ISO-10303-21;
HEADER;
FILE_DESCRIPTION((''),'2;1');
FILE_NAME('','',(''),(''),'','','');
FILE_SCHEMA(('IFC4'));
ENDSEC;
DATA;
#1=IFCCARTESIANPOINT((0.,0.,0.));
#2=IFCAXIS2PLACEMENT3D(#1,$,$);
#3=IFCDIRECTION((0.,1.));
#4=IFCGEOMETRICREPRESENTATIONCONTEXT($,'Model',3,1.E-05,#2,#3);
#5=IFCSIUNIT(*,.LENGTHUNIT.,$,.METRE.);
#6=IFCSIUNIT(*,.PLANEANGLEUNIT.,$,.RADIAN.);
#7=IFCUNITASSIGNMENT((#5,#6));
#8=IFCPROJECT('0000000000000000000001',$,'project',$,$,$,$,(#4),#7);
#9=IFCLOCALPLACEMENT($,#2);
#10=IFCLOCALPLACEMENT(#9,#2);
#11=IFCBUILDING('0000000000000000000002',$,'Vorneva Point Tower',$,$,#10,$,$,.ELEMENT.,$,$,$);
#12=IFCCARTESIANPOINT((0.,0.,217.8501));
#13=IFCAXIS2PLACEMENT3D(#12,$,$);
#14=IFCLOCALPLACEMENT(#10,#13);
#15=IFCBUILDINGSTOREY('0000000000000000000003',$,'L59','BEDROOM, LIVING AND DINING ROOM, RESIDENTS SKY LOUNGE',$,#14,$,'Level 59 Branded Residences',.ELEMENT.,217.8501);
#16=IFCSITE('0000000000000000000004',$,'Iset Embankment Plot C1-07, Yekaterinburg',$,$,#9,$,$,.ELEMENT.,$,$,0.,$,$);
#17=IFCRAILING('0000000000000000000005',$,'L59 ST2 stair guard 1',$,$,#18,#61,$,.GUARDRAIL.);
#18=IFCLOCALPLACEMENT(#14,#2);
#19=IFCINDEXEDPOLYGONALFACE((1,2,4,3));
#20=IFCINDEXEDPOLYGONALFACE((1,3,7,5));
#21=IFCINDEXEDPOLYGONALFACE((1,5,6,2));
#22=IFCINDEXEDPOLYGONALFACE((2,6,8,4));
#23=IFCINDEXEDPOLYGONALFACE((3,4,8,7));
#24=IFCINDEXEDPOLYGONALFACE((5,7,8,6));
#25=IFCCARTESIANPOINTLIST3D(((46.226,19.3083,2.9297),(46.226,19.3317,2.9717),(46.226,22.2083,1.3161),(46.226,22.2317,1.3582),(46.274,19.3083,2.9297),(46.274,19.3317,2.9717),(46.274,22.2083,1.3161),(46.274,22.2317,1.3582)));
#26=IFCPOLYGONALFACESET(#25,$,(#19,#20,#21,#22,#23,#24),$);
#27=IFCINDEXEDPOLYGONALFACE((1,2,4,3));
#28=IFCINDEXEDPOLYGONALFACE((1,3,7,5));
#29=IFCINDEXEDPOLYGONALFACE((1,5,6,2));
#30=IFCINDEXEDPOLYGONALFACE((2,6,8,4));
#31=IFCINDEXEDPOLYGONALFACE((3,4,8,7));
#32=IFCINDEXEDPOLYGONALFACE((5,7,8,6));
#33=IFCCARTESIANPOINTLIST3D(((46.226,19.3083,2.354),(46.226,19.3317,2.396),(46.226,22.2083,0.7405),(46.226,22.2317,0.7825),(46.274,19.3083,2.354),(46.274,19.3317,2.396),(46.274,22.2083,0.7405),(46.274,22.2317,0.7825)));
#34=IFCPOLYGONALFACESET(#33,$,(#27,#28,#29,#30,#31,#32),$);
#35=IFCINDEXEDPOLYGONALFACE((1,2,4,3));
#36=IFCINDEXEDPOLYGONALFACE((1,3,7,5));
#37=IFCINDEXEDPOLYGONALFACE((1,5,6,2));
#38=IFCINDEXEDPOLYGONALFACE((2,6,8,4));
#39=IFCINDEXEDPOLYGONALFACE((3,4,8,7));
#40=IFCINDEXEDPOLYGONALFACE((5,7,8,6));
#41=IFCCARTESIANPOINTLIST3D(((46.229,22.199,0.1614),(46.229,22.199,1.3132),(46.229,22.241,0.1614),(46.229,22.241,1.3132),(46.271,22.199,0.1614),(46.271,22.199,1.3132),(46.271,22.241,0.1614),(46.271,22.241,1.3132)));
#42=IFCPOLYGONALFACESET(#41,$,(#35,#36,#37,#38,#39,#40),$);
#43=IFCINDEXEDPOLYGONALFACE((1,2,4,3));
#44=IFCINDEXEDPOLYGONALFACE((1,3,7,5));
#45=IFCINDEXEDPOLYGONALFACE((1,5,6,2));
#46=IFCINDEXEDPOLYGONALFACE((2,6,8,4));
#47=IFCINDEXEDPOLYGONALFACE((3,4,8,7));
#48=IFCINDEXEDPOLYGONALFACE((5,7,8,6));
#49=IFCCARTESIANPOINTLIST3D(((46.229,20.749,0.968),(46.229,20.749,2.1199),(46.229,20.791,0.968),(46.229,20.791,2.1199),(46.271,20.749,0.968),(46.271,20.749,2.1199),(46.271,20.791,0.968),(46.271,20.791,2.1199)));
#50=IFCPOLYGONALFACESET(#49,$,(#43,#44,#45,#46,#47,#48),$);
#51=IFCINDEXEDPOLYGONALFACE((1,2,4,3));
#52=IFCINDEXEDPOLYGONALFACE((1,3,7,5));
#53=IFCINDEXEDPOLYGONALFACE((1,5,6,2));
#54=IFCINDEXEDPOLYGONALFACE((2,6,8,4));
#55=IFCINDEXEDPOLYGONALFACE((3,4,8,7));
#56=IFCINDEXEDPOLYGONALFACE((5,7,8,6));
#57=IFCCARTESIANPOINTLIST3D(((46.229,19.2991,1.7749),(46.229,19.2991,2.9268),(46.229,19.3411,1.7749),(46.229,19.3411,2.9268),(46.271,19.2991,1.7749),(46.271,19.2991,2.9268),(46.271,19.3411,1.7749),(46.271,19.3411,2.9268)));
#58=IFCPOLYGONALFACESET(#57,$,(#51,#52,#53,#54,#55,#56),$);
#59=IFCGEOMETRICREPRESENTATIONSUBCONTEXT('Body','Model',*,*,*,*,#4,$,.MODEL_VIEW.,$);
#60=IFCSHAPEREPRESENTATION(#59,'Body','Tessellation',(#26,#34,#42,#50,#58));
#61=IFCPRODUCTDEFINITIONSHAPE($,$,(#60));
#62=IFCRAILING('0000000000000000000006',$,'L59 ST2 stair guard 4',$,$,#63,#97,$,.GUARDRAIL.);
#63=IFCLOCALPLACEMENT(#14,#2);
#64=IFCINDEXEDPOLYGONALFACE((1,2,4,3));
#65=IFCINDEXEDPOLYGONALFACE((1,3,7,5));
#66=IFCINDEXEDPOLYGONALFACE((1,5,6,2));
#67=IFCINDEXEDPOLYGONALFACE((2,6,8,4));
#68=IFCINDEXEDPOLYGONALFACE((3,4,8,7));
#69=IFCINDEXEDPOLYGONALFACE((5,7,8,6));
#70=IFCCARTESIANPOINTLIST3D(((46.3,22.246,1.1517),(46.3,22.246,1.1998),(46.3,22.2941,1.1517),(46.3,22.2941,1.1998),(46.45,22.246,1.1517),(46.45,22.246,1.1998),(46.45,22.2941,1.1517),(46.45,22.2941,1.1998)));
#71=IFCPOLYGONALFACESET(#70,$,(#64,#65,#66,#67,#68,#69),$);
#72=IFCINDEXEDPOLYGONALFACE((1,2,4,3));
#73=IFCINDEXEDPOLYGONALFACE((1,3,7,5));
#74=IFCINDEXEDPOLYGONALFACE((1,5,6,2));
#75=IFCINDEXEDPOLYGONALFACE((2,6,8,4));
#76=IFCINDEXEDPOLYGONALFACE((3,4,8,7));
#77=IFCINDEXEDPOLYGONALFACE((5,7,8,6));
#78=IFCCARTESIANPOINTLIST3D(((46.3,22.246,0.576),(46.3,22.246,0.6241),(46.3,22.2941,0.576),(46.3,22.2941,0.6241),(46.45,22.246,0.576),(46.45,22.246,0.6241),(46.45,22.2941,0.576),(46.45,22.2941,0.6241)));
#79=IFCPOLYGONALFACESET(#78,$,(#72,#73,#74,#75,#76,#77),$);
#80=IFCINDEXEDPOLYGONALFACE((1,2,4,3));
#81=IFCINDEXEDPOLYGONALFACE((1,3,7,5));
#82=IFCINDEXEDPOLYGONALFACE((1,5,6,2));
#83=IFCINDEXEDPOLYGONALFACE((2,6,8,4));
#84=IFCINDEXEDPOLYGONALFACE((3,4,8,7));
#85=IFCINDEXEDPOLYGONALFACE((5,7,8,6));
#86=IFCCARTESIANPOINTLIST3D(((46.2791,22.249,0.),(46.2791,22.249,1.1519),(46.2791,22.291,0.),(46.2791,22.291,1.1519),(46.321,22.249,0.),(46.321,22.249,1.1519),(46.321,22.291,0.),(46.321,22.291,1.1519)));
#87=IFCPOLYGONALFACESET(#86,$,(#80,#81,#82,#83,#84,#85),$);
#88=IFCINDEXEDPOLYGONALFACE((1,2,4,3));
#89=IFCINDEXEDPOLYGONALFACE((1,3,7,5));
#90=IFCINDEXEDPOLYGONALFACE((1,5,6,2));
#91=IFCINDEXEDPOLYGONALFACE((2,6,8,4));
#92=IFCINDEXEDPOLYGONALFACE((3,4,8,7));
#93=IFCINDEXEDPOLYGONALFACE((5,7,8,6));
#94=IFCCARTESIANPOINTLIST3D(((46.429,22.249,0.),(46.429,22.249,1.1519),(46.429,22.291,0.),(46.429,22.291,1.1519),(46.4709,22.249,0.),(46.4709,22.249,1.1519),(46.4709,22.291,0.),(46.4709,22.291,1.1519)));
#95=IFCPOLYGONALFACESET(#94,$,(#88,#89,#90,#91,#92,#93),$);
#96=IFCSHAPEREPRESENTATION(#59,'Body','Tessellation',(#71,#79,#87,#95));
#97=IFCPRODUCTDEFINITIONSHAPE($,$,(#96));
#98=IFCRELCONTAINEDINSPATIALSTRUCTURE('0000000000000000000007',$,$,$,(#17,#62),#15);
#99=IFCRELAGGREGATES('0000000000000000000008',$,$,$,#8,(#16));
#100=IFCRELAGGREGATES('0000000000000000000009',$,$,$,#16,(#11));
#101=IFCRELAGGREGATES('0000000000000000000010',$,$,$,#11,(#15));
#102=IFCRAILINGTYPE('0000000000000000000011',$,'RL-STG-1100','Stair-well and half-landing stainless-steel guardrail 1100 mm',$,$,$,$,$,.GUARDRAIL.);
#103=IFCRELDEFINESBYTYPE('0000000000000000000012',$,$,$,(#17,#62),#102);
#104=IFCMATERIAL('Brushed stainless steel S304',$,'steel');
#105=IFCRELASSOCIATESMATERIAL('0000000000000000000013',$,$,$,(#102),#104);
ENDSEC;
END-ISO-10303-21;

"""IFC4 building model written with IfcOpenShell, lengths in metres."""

from ifc_helpers import new_model, si_unit, direction, frame, origin, origin_2d, place, context, subcontext, project, spatial, rectangle, extrude, material, type_object, element, save


model = new_model("IFC4")

# Units and contexts
model_context = context("Model", 3, precision=1e-05, world=origin(), true_north=direction((0.0, 1.0)))
body_context = subcontext(model_context, "Body", "Model", "MODEL_VIEW")
ifc_project = project(units=[si_unit("LENGTHUNIT", "METRE"), si_unit("PLANEANGLEUNIT", "RADIAN")], contexts=[model_context])

# Site, building, storey
site_placement = place(None, origin())
site = spatial("IfcSite", under=ifc_project, at=site_placement, Name="Iset Embankment Plot C1-07, Yekaterinburg", CompositionType="ELEMENT", RefElevation=0.0)
building_placement = place(site_placement, origin())
building = spatial("IfcBuilding", under=site, at=building_placement, Name="Vorneva Point Tower", CompositionType="ELEMENT")
storey_placement = place(building_placement, frame((0.0, 0.0, 217.8501)))
storey = spatial("IfcBuildingStorey", under=building, at=storey_placement, Name="L59", Description="BEDROOM, LIVING AND DINING ROOM, RESIDENTS SKY LOUNGE", LongName="Level 59 Branded Residences", CompositionType="ELEMENT", Elevation=217.8501)

# Shared definitions
ifc_material_1 = material(Name="Brushed stainless steel S304", Category="steel")

# Railings
railing_type_1 = type_object("IfcRailingType", Name="RL-STG-1100", Description="Stair-well and half-landing stainless-steel guardrail 1100 mm", PredefinedType="GUARDRAIL", material=ifc_material_1)
railing_1_placement = place(storey_placement, frame((46.25, 22.22, 0.1614)))
element("IfcRailing", 1, at=railing_1_placement, inside=storey, type_object=railing_type_1, Name="L59 ST2 stair guard 1", PredefinedType="GUARDRAIL", context=body_context, shape_type="SweptSolid", body=[
    extrude(rectangle(XDim=0.0481, YDim=0.0481, at=origin_2d()), frame((0.0, 0.0, 1.1758), z_axis=(0.0, -0.873841, 0.486211), x_axis=(1.0, 0.0, 0.0)), (0.0, 0.0, 1.0), 3.3186),
    extrude(rectangle(XDim=0.0481, YDim=0.0481, at=origin_2d()), frame((0.0, 0.0, 0.6001), z_axis=(0.0, -0.873841, 0.486211), x_axis=(1.0, 0.0, 0.0)), (0.0, 0.0, 1.0), 3.3186),
    extrude(rectangle(XDim=0.042, YDim=0.042, at=origin_2d()), origin(), (0.0, 0.0, 1.0), 1.1519),
    extrude(rectangle(XDim=0.042, YDim=0.042, at=origin_2d()), frame((0.0, -1.45, 0.8066)), (0.0, 0.0, 1.0), 1.1519),
    extrude(rectangle(XDim=0.042, YDim=0.042, at=origin_2d()), frame((0.0, -2.8999, 1.6135)), (0.0, 0.0, 1.0), 1.1519),
])
railing_2_placement = place(storey_placement, frame((46.3, 22.27, 0.0)))
element("IfcRailing", 2, at=railing_2_placement, inside=storey, type_object=railing_type_1, Name="L59 ST2 stair guard 4", PredefinedType="GUARDRAIL", context=body_context, shape_type="SweptSolid", body=[
    extrude(rectangle(XDim=0.0481, YDim=0.0481, at=origin_2d()), frame((0.0, 0.0, 1.1758), z_axis=(1.0, 0.0, 0.0), x_axis=(0.0, 1.0, 0.0)), (0.0, 0.0, 1.0), 0.1499),
    extrude(rectangle(XDim=0.0481, YDim=0.0481, at=origin_2d()), frame((0.0, 0.0, 0.6001), z_axis=(1.0, 0.0, 0.0), x_axis=(0.0, 1.0, 0.0)), (0.0, 0.0, 1.0), 0.1499),
    extrude(rectangle(XDim=0.042, YDim=0.042, at=origin_2d()), origin(), (0.0, 0.0, 1.0), 1.1519),
    extrude(rectangle(XDim=0.042, YDim=0.042, at=origin_2d()), frame((0.1499, 0.0, 0.0)), (0.0, 0.0, 1.0), 1.1519),
])

save(model, "model.ifc")
